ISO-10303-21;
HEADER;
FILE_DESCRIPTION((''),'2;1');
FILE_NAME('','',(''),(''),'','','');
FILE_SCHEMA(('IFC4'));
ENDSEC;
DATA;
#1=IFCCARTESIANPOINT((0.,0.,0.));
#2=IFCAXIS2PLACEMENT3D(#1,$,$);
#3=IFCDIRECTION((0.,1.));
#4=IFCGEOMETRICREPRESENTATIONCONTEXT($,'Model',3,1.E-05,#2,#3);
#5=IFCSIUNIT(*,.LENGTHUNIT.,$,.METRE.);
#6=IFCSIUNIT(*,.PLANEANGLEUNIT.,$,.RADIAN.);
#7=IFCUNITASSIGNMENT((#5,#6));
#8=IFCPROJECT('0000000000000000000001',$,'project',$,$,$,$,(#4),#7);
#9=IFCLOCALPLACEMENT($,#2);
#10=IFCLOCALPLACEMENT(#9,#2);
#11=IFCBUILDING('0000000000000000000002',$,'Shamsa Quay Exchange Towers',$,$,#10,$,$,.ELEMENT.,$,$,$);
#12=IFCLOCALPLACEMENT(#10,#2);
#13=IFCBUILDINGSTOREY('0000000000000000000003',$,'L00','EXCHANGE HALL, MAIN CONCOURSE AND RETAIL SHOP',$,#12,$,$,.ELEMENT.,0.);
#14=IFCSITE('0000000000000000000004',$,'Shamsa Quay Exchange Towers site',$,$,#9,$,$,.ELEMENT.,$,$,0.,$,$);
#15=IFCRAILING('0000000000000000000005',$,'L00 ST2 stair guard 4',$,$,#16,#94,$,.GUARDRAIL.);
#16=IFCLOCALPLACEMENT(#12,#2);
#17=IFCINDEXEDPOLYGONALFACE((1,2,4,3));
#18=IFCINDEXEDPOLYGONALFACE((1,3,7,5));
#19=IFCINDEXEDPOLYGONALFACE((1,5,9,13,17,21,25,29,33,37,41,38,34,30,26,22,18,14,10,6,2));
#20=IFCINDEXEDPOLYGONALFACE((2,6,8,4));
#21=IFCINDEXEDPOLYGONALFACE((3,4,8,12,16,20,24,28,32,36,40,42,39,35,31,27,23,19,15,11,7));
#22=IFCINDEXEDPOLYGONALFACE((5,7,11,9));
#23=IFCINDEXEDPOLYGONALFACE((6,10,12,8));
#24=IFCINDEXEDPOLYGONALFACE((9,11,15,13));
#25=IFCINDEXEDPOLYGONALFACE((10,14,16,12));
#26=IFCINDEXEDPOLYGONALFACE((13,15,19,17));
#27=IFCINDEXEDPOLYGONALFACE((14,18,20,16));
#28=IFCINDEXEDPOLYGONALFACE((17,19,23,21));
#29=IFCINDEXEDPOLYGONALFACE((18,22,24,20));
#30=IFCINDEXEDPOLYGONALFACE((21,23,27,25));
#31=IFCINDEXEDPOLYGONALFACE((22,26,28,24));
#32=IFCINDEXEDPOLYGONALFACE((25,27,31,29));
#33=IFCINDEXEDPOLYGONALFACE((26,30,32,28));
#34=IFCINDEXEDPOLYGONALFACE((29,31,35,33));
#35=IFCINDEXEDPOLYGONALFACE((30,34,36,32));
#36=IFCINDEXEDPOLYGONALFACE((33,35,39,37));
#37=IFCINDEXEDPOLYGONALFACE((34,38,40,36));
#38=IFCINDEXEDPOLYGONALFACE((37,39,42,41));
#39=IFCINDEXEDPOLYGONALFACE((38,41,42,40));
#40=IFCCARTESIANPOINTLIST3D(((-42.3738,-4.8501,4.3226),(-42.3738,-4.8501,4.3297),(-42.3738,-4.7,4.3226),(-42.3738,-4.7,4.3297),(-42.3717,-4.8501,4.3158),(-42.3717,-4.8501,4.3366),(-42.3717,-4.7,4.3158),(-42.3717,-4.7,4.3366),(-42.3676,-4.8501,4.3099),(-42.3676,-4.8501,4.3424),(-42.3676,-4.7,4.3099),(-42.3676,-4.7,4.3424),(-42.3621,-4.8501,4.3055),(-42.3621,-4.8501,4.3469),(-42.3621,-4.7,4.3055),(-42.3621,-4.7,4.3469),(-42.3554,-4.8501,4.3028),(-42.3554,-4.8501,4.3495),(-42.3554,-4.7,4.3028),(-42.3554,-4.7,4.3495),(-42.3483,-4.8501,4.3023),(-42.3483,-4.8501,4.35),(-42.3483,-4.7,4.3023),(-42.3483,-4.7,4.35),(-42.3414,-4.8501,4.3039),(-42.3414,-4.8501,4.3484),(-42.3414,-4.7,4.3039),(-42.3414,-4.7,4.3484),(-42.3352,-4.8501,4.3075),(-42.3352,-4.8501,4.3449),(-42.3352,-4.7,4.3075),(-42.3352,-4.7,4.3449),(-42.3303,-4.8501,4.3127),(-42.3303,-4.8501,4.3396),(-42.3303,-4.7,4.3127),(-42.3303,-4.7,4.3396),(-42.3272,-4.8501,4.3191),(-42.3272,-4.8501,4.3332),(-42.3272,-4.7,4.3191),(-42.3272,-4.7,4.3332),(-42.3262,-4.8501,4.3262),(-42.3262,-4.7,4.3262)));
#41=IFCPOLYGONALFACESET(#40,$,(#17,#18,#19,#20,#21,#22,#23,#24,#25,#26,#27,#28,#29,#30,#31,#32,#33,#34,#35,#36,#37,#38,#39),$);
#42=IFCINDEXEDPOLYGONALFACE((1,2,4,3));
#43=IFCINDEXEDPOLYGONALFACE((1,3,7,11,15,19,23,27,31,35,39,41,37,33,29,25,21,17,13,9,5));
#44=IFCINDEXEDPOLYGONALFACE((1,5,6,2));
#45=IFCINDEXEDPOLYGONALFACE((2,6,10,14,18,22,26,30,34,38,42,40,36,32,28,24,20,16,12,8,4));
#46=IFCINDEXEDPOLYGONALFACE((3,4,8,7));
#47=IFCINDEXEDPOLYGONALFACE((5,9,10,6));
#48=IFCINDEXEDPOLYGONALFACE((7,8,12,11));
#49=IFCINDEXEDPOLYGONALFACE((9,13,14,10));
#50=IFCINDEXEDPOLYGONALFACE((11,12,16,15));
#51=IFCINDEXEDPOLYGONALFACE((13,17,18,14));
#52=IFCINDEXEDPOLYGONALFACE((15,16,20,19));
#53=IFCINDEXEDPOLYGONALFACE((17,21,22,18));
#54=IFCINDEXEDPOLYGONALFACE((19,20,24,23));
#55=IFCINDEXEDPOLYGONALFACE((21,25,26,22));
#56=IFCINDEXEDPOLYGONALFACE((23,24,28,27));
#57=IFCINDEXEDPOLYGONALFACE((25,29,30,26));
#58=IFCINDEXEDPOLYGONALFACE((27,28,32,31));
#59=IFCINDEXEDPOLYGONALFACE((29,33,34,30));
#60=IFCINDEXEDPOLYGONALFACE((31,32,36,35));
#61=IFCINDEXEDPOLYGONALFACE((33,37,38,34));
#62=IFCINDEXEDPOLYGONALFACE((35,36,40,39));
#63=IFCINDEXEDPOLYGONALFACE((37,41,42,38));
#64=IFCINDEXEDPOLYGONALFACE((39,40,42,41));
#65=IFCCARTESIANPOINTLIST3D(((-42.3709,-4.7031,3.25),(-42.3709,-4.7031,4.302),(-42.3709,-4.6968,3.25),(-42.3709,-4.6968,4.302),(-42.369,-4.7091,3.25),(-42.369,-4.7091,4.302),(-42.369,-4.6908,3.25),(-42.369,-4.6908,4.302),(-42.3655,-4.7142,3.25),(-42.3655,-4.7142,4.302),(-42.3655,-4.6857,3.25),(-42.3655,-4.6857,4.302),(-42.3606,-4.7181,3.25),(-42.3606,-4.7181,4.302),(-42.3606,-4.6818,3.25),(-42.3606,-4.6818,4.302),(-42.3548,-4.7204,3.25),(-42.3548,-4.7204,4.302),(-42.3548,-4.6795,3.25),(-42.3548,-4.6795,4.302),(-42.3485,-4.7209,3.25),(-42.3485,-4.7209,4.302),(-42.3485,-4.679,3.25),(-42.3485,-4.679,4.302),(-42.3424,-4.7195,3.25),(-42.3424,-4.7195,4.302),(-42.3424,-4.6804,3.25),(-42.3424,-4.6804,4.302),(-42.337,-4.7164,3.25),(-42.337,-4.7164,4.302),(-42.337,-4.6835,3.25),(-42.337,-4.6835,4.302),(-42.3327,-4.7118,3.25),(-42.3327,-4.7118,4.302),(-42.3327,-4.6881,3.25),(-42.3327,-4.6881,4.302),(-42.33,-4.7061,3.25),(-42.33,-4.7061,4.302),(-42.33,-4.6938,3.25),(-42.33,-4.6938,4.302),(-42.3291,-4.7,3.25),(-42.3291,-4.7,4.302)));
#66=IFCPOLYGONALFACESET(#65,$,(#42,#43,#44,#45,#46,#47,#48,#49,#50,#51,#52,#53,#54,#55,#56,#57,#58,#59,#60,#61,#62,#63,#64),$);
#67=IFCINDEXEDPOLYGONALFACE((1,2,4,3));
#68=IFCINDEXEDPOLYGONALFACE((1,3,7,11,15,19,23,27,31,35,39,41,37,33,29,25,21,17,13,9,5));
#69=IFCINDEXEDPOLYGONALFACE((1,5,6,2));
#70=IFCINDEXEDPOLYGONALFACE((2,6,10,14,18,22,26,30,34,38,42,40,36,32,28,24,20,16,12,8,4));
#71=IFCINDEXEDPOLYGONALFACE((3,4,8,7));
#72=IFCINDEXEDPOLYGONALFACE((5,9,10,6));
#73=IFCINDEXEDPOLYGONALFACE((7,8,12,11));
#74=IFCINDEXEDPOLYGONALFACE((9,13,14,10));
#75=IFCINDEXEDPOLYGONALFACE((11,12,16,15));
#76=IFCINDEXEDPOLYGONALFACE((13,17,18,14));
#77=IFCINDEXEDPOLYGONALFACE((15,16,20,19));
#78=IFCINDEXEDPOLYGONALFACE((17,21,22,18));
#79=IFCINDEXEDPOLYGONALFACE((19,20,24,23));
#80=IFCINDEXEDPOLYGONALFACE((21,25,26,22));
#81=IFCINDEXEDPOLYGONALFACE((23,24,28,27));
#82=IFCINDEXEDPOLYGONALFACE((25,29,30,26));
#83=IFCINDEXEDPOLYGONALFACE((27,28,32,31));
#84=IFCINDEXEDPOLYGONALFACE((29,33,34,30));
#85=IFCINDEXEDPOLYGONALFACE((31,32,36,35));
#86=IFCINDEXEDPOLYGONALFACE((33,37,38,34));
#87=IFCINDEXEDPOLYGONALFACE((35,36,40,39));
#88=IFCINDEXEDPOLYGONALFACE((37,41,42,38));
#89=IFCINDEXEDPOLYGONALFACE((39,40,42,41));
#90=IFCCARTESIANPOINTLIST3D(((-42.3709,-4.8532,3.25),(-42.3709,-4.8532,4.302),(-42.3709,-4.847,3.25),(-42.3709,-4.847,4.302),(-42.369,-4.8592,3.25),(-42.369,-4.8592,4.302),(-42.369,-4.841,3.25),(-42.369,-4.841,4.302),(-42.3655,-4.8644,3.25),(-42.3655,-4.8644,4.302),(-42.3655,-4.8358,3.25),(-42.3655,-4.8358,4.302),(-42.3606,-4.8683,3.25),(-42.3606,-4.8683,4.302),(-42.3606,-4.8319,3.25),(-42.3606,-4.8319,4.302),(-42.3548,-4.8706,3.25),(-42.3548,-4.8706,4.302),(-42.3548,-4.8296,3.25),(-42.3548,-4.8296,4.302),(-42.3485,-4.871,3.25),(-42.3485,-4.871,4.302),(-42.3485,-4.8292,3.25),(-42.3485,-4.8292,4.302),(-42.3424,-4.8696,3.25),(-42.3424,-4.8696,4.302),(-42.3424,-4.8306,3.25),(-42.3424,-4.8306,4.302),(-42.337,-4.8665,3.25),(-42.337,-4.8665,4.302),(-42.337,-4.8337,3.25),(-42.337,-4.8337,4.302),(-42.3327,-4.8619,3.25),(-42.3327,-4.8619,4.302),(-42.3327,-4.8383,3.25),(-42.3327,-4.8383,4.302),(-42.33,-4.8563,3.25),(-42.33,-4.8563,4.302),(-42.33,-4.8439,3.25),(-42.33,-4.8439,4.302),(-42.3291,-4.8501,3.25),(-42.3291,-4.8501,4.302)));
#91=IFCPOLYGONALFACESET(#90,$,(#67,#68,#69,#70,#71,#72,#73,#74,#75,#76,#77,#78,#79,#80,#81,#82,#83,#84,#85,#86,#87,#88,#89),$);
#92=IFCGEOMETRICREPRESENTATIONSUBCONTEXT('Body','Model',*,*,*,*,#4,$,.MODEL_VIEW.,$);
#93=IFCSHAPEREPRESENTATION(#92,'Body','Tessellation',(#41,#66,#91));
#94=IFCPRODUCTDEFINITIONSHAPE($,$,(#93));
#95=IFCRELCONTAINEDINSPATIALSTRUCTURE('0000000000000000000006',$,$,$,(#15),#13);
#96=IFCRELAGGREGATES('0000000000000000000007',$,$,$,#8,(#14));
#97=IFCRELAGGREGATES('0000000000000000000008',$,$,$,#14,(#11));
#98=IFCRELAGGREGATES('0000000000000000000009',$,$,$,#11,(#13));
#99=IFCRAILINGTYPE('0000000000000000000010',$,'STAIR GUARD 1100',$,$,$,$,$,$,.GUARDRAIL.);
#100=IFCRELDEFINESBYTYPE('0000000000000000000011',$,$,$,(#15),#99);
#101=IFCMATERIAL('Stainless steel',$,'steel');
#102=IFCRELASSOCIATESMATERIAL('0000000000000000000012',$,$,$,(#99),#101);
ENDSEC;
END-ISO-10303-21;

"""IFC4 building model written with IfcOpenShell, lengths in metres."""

from ifc_helpers import new_model, si_unit, direction, frame, origin, origin_2d, place, context, subcontext, project, spatial, circle, extrude, material, type_object, element, save


model = new_model("IFC4")

# Units and contexts
model_context = context("Model", 3, precision=1e-05, world=origin(), true_north=direction((0.0, 1.0)))
body_context = subcontext(model_context, "Body", "Model", "MODEL_VIEW")
ifc_project = project(units=[si_unit("LENGTHUNIT", "METRE"), si_unit("PLANEANGLEUNIT", "RADIAN")], contexts=[model_context])

# Site, building, storey
site_placement = place(None, origin())
site = spatial("IfcSite", under=ifc_project, at=site_placement, Name="Shamsa Quay Exchange Towers site", CompositionType="ELEMENT", RefElevation=0.0)
building_placement = place(site_placement, origin())
building = spatial("IfcBuilding", under=site, at=building_placement, Name="Shamsa Quay Exchange Towers", CompositionType="ELEMENT")
storey_placement = place(building_placement, origin())
storey = spatial("IfcBuildingStorey", under=building, at=storey_placement, Name="L00", Description="EXCHANGE HALL, MAIN CONCOURSE AND RETAIL SHOP", CompositionType="ELEMENT", Elevation=0.0)

# Railing
ifc_material_1 = material(Name="Stainless steel", Category="steel")
railing_type_1 = type_object("IfcRailingType", Name="STAIR GUARD 1100", PredefinedType="GUARDRAIL", material=ifc_material_1)
railing_1_placement = place(storey_placement, frame((-42.3501, -4.7, 3.25)))
element("IfcRailing", 1, at=railing_1_placement, inside=storey, type_object=railing_type_1, Name="L00 ST2 stair guard 4", PredefinedType="GUARDRAIL", context=body_context, shape_type="SweptSolid", body=[
    extrude(circle(Radius=0.0239, at=origin_2d()), frame((0.0, 0.0, 1.0762), z_axis=(0.0, -1.0, 0.0), x_axis=(1.0, 0.0, 0.0)), (0.0, 0.0, 1.0), 0.1501),
    extrude(circle(Radius=0.021, at=origin_2d()), origin(), (0.0, 0.0, 1.0), 1.052),
    extrude(circle(Radius=0.021, at=origin_2d()), frame((0.0, -0.1501, 0.0)), (0.0, 0.0, 1.0), 1.052),
])

save(model, "model.ifc")
